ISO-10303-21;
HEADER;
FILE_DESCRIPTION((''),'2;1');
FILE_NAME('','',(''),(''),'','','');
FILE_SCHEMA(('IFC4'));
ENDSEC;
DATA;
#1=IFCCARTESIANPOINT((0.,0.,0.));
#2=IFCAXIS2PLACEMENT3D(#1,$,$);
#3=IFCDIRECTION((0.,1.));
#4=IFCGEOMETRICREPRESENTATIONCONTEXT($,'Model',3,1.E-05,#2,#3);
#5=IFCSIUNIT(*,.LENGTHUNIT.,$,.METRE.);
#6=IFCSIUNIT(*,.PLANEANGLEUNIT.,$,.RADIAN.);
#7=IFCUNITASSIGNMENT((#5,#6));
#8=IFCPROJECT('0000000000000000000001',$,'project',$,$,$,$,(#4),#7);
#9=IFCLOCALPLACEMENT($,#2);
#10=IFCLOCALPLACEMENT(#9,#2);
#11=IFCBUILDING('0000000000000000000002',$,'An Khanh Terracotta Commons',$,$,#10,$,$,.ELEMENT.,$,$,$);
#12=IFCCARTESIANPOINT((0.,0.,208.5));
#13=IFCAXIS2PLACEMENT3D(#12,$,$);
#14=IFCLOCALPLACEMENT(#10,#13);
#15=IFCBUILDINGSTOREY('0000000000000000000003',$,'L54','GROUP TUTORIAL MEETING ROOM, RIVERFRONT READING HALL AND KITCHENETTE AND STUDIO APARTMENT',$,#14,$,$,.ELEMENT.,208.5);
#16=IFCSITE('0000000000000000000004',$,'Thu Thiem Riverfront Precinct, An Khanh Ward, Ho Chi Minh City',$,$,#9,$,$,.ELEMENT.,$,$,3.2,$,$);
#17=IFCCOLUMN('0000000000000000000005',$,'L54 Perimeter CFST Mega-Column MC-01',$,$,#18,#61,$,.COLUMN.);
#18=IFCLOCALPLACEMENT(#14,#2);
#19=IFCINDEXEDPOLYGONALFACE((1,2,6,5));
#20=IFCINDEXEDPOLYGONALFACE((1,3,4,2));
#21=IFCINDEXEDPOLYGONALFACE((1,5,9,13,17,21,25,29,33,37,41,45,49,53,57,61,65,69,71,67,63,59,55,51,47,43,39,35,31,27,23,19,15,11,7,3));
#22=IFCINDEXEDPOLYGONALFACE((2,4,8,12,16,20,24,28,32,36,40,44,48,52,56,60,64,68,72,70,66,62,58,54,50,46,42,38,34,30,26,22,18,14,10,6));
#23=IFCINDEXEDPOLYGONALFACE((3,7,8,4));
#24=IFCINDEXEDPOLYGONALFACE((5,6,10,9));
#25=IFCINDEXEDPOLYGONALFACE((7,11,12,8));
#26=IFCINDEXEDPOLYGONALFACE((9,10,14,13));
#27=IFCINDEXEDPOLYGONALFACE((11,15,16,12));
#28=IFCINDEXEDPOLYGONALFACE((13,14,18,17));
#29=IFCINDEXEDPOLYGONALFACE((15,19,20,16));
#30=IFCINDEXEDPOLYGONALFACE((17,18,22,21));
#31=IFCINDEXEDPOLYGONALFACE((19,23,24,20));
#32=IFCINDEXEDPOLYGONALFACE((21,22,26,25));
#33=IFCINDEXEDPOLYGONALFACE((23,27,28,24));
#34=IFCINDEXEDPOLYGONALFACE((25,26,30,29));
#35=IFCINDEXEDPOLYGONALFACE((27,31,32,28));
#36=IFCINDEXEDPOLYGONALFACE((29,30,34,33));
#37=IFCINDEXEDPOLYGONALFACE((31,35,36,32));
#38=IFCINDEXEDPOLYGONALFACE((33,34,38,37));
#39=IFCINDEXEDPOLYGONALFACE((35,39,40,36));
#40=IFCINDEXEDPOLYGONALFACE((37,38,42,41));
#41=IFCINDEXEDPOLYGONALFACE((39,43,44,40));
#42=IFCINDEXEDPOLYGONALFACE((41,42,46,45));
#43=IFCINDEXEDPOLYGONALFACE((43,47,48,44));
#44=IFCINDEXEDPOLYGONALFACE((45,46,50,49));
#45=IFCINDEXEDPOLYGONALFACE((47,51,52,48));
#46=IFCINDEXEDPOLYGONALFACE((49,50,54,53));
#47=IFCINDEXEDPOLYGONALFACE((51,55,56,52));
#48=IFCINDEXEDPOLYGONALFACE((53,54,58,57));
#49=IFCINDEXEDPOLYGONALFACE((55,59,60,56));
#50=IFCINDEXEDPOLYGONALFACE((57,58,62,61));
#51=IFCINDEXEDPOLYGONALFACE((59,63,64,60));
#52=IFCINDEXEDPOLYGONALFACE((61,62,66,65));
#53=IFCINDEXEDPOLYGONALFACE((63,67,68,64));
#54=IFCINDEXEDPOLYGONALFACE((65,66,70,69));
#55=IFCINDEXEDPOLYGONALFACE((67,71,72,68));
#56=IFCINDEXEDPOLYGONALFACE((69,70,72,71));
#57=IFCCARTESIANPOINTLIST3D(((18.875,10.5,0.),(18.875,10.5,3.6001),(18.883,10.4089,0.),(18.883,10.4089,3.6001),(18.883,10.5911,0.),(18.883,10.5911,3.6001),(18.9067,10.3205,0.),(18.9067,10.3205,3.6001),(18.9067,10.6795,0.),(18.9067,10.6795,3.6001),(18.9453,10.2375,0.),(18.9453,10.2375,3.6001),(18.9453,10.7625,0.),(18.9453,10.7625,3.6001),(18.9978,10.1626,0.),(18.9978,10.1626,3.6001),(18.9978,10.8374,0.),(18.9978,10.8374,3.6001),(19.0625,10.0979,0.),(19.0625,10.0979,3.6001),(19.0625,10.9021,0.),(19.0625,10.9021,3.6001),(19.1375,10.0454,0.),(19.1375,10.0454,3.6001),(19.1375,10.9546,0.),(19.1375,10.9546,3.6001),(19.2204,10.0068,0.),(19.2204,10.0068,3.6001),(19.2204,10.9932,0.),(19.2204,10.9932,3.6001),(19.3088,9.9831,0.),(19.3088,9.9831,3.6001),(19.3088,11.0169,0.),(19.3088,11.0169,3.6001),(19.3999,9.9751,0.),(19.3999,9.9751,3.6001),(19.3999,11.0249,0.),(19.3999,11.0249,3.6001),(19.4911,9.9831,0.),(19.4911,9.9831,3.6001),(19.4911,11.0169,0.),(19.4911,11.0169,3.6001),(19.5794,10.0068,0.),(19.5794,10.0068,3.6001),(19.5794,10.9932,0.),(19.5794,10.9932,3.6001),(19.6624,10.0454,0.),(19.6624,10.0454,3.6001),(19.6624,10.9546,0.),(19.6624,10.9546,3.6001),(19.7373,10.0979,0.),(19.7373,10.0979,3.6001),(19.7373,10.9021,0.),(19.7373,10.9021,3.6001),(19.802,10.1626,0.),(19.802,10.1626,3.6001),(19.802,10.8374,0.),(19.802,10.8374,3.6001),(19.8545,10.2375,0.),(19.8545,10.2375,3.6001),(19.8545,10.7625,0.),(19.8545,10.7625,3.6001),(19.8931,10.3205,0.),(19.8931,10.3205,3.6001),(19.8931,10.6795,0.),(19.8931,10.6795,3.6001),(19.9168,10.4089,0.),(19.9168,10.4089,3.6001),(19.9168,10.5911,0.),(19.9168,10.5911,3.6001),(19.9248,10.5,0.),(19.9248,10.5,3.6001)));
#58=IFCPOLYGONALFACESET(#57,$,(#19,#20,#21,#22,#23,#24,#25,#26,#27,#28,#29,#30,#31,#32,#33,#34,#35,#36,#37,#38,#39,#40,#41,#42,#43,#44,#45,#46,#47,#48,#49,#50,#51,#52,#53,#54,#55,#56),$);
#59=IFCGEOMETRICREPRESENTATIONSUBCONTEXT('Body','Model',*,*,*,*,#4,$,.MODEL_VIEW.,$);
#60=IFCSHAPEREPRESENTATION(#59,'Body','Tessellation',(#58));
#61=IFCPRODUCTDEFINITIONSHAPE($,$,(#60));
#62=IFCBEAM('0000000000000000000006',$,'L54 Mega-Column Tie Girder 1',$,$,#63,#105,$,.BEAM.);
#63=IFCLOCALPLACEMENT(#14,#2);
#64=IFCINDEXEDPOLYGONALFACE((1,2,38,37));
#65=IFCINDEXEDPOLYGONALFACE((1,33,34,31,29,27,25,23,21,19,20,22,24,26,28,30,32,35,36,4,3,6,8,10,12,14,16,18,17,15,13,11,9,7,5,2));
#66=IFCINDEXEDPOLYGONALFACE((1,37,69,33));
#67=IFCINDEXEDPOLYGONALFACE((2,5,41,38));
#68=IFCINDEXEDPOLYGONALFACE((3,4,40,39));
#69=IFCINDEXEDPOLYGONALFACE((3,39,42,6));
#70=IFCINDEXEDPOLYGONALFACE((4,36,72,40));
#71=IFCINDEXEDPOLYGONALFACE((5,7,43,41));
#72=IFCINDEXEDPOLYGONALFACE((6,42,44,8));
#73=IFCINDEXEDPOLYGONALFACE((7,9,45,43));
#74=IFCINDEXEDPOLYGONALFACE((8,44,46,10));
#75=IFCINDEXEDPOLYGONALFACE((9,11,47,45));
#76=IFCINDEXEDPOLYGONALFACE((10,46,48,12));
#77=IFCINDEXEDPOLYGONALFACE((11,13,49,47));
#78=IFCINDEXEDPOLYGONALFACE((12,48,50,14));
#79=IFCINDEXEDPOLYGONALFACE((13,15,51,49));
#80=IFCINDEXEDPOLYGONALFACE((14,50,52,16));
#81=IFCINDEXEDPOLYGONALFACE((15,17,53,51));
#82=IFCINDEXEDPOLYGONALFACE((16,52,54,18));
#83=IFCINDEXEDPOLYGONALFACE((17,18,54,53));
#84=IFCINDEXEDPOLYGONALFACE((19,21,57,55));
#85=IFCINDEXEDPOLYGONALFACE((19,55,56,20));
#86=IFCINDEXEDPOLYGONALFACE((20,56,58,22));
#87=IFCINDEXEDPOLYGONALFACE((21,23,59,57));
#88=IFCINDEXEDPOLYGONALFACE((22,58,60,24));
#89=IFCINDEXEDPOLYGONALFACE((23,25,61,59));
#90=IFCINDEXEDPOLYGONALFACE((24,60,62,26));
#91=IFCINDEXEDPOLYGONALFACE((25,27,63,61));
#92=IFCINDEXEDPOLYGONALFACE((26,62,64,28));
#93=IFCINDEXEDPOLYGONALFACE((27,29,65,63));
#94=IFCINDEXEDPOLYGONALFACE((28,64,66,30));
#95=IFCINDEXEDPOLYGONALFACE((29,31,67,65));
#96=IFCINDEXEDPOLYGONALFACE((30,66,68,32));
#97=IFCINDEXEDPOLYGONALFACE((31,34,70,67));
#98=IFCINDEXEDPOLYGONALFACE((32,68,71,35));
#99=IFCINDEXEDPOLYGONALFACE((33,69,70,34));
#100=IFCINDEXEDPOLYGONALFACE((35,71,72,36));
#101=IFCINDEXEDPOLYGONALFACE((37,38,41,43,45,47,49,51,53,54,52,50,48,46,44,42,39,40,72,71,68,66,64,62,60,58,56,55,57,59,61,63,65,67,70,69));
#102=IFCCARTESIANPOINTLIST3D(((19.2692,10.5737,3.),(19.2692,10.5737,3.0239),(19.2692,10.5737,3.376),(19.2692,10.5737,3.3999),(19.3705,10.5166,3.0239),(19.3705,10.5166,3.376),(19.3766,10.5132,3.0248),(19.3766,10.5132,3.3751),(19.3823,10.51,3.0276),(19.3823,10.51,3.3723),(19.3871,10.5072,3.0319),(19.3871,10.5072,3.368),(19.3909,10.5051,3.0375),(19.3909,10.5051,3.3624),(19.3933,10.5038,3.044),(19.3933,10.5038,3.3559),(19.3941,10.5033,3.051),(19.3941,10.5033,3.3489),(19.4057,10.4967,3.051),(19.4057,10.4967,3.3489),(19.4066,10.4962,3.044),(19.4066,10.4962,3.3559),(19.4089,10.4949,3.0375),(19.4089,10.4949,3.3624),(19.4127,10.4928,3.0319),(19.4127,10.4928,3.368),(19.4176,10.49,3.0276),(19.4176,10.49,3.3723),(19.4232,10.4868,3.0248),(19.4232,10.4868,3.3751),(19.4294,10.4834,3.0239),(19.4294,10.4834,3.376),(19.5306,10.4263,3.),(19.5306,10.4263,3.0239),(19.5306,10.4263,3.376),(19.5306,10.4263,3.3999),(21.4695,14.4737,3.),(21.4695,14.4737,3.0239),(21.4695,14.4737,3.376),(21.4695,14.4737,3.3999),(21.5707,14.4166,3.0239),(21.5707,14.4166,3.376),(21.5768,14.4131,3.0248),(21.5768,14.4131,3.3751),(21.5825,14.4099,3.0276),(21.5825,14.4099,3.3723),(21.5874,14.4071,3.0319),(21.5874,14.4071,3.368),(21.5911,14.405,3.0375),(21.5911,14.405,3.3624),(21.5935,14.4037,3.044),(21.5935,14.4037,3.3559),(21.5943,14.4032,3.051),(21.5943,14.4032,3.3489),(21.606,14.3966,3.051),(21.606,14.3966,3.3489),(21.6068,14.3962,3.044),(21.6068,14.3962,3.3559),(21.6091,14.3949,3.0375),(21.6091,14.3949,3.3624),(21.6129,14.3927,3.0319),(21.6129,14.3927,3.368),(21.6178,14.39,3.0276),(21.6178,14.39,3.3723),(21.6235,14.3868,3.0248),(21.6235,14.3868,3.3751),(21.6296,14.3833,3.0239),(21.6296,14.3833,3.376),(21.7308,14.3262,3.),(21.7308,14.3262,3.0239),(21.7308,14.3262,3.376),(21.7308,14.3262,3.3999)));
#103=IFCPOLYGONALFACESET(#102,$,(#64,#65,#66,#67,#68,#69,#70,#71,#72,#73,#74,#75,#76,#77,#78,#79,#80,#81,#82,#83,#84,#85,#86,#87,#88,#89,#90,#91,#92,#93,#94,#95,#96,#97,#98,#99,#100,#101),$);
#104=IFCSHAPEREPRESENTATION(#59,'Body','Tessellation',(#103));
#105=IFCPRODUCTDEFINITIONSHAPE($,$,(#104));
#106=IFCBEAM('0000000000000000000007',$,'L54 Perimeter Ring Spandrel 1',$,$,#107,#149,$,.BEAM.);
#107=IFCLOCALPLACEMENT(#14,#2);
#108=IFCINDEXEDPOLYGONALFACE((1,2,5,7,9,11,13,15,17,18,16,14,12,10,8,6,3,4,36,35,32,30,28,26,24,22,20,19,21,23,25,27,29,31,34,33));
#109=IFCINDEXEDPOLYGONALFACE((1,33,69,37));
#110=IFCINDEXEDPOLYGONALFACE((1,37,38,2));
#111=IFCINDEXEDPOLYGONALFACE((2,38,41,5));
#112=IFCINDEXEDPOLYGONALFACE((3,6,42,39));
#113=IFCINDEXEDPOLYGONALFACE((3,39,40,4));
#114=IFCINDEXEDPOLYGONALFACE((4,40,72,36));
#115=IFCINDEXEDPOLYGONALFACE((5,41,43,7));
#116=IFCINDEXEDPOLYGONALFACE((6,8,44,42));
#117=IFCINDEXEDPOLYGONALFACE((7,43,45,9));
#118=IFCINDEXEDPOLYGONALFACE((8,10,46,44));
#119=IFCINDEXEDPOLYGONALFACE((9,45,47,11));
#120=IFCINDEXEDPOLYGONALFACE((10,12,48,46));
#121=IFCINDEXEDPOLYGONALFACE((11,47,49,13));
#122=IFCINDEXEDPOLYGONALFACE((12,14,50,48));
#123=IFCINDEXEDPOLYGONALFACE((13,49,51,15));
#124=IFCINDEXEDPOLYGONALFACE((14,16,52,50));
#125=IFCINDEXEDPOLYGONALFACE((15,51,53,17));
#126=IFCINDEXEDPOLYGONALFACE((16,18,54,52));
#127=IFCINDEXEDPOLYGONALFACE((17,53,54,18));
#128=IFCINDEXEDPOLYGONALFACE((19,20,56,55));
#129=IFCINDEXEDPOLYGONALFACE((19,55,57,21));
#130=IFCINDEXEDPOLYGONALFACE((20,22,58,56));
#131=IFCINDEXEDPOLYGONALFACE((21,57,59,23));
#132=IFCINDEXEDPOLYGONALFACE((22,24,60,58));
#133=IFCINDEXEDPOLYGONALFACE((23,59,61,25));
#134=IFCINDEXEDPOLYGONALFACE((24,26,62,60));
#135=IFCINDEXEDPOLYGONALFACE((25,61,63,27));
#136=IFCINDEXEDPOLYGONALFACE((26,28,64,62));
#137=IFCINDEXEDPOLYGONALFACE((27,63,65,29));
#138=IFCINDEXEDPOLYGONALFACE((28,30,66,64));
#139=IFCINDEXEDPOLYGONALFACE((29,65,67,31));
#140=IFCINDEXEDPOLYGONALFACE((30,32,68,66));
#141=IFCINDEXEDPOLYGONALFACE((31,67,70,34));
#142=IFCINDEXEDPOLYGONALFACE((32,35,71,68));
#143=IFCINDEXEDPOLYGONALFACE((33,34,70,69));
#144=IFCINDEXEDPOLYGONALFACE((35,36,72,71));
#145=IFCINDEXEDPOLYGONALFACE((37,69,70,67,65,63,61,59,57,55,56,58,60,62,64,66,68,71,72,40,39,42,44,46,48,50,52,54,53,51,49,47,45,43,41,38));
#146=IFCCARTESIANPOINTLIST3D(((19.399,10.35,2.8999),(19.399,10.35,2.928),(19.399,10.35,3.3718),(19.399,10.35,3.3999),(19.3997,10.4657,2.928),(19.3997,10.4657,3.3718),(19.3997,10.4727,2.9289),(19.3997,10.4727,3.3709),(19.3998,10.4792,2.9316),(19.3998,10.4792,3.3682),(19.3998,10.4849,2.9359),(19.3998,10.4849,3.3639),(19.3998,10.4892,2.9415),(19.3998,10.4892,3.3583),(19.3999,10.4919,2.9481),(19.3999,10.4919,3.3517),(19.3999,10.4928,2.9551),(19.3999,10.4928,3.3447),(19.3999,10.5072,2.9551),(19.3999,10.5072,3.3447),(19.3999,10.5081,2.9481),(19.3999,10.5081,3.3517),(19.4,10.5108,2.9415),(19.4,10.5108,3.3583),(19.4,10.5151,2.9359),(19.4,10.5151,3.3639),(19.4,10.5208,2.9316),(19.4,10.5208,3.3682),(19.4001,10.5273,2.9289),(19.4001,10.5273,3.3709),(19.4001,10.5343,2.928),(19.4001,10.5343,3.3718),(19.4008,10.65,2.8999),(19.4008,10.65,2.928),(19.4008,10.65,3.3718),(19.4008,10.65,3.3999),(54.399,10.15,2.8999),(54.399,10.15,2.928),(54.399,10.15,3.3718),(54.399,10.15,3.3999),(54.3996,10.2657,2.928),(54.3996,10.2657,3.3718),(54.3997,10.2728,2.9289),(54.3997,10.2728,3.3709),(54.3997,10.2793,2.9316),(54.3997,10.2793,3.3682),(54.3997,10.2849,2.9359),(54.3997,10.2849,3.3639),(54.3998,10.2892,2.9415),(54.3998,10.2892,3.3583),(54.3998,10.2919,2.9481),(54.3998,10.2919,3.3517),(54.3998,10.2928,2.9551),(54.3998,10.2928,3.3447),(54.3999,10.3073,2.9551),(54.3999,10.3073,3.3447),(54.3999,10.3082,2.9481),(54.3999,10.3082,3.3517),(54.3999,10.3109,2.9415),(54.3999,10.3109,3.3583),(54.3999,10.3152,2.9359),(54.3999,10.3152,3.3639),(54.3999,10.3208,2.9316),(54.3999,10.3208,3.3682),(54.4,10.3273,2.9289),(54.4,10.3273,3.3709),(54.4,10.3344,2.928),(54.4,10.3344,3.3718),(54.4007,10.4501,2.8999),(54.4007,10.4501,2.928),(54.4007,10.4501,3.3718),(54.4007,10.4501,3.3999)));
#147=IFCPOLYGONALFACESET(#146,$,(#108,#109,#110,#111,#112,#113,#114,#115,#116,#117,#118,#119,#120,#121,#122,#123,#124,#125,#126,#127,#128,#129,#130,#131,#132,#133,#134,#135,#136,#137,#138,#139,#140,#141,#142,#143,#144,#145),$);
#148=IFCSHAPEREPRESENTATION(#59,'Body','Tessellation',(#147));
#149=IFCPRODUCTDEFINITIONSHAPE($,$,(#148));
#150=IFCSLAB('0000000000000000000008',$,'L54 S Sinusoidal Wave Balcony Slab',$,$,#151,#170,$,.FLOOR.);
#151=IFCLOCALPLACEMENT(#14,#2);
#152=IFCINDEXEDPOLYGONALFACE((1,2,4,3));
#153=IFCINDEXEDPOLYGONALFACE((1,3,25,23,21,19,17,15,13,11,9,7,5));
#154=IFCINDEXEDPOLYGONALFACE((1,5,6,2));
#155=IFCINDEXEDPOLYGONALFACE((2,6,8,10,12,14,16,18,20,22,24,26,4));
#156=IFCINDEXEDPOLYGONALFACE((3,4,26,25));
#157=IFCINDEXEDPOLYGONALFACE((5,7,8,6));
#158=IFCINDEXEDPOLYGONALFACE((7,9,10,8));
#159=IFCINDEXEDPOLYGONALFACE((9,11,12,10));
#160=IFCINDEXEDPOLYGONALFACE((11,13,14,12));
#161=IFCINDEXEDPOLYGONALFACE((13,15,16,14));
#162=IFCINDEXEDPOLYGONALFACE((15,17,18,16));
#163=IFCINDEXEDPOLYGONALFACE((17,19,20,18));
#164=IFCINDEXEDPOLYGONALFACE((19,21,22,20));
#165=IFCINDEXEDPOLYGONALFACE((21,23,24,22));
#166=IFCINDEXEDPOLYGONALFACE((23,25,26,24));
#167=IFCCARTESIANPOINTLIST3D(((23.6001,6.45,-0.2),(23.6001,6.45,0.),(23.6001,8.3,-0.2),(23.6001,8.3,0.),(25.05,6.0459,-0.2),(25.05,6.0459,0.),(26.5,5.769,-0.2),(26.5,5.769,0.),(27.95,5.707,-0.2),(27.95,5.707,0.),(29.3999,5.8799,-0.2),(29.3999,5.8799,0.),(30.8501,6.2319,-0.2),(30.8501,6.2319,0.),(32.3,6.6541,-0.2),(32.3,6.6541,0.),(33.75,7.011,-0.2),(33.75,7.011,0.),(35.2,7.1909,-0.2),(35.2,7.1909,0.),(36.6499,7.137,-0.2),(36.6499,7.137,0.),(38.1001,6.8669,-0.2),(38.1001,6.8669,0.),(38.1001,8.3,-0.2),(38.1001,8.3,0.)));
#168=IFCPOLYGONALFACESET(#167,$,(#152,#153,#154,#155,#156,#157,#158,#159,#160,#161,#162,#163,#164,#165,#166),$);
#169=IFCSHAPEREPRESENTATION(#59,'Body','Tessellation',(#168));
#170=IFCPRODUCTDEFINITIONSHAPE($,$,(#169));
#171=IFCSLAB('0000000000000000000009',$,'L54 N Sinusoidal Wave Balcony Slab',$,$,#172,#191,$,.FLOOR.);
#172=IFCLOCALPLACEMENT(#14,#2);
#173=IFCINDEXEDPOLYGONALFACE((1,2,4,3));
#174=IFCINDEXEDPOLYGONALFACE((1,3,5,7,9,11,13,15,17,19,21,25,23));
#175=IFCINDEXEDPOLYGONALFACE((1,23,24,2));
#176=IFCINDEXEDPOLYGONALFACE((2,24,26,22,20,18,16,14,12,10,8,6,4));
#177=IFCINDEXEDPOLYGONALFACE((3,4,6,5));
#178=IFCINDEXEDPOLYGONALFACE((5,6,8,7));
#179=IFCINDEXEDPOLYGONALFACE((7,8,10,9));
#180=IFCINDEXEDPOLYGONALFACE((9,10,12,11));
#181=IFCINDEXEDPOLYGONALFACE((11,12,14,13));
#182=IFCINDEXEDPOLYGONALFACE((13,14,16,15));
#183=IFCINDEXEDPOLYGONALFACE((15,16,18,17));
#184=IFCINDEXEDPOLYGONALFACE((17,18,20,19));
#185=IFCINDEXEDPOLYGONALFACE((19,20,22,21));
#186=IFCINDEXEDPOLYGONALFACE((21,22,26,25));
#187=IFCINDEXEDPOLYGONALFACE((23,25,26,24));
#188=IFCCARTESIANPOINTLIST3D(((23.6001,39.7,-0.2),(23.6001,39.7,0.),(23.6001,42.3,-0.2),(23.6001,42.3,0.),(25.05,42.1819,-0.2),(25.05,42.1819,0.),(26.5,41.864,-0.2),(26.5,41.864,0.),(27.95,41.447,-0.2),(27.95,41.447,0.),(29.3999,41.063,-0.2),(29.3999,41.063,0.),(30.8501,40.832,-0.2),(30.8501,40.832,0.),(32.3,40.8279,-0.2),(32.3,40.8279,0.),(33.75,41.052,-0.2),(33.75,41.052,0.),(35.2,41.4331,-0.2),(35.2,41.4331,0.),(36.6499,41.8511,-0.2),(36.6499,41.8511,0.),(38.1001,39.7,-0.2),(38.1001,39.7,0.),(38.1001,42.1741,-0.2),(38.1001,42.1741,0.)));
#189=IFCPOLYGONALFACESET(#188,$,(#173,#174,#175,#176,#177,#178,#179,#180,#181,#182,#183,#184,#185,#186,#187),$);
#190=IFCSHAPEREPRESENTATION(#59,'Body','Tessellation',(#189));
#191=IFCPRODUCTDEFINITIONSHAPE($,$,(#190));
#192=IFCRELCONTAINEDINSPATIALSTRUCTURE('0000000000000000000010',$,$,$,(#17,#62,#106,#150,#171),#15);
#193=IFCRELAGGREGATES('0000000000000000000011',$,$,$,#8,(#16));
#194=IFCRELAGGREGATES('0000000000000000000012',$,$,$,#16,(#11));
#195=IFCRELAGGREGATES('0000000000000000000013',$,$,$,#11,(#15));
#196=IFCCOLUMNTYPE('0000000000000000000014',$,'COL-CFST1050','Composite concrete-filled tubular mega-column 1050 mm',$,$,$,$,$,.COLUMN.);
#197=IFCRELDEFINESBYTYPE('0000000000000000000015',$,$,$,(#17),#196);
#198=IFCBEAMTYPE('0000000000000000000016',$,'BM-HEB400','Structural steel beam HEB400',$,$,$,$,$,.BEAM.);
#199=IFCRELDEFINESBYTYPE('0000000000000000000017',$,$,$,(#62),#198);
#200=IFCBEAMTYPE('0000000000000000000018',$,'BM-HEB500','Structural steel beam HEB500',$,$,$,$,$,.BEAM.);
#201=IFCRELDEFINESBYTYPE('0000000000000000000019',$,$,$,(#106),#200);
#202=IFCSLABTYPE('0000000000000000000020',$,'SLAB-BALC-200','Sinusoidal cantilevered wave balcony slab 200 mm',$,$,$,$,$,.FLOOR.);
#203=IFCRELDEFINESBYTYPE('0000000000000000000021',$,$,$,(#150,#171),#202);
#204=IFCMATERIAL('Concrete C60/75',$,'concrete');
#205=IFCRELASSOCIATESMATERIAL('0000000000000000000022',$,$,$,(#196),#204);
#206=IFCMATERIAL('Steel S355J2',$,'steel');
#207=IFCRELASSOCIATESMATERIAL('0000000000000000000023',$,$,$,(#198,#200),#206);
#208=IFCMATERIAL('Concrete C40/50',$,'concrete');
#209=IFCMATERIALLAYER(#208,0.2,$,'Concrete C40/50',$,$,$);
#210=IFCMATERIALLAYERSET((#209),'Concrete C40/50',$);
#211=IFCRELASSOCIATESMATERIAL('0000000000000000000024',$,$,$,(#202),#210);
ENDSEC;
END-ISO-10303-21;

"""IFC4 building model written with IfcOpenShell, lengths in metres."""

from ifc_helpers import new_model, si_unit, direction, frame, origin, origin_2d, place, context, subcontext, project, spatial, polyline, circle, i_section, outline, extrude, material, layer, layer_set, material_profile, profile_set, type_object, element, save


model = new_model("IFC4")

# Units and contexts
model_context = context("Model", 3, precision=1e-05, world=origin(), true_north=direction((0.0, 1.0)))
body_context = subcontext(model_context, "Body", "Model", "MODEL_VIEW")
ifc_project = project(units=[si_unit("LENGTHUNIT", "METRE"), si_unit("PLANEANGLEUNIT", "RADIAN")], contexts=[model_context])

# Site, building, storey
site_placement = place(None, origin())
site = spatial("IfcSite", under=ifc_project, at=site_placement, Name="Thu Thiem Riverfront Precinct, An Khanh Ward, Ho Chi Minh City", CompositionType="ELEMENT", RefElevation=3.2)
building_placement = place(site_placement, origin())
building = spatial("IfcBuilding", under=site, at=building_placement, Name="An Khanh Terracotta Commons", CompositionType="ELEMENT")
storey_placement = place(building_placement, frame((0.0, 0.0, 208.5)))
storey = spatial("IfcBuildingStorey", under=building, at=storey_placement, Name="L54", Description="GROUP TUTORIAL MEETING ROOM, RIVERFRONT READING HALL AND KITCHENETTE AND STUDIO APARTMENT", CompositionType="ELEMENT", Elevation=208.5)

# Column
ifc_material_1 = material(Name="Concrete C60/75", Category="concrete")
ifc_material_profile_1 = material_profile(ifc_material_1, circle(Radius=0.5249, at=origin_2d()), Name="CFST1050")
ifc_profile_set_1 = profile_set([ifc_material_profile_1], Name="Concrete C60/75")
column_type = type_object("IfcColumnType", Name="COL-CFST1050", Description="Composite concrete-filled tubular mega-column 1050 mm", PredefinedType="COLUMN", material=ifc_profile_set_1)
column_placement = place(storey_placement, frame((19.3999, 10.5, 0.0), z_axis=(0.0, 0.0, 1.0), x_axis=(1.0, 0.0, 0.0)))
element("IfcColumn", 1, at=column_placement, inside=storey, type_object=column_type, Name="L54 Perimeter CFST Mega-Column MC-01", PredefinedType="COLUMN", context=body_context, shape_type="SweptSolid", body=[
    extrude(circle(Radius=0.5249, at=origin_2d()), origin(), (0.0, 0.0, 1.0), 3.6001),
])

# Beams
ifc_material_2 = material(Name="Steel S355J2", Category="steel")
ifc_material_profile_2 = material_profile(ifc_material_2, i_section(OverallWidth=0.3, OverallDepth=0.3999, WebThickness=0.0134, FlangeThickness=0.0239, FilletRadius=0.0271, at=origin_2d()), Name="HEB400")
ifc_profile_set_2 = profile_set([ifc_material_profile_2], Name="Steel S355J2")
beam_type_1 = type_object("IfcBeamType", Name="BM-HEB400", Description="Structural steel beam HEB400", PredefinedType="BEAM", material=ifc_profile_set_2)
beam_1_placement = place(storey_placement, frame((19.3999, 10.5, 3.2), z_axis=(0.491364, 0.870955, 0.0), x_axis=(-0.870955, 0.491364, 0.0)))
element("IfcBeam", 2, at=beam_1_placement, inside=storey, type_object=beam_type_1, Name="L54 Mega-Column Tie Girder 1", PredefinedType="BEAM", context=body_context, shape_type="SweptSolid", body=[
    extrude(i_section(OverallWidth=0.3, OverallDepth=0.3999, WebThickness=0.0134, FlangeThickness=0.0239, FilletRadius=0.0271, at=origin_2d()), origin(), (0.0, 0.0, 1.0), 4.4778),
])
ifc_material_profile_3 = material_profile(ifc_material_2, i_section(OverallWidth=0.3, OverallDepth=0.5, WebThickness=0.0144, FlangeThickness=0.0281, FilletRadius=0.0271, at=origin_2d()), Name="HEB500")
ifc_profile_set_3 = profile_set([ifc_material_profile_3], Name="Steel S355J2")
beam_type_2 = type_object("IfcBeamType", Name="BM-HEB500", Description="Structural steel beam HEB500", PredefinedType="BEAM", material=ifc_profile_set_3)
beam_2_placement = place(storey_placement, frame((19.3999, 10.5, 3.1499), z_axis=(0.999984, -0.005713, 0.0), x_axis=(0.005713, 0.999984, 0.0)))
element("IfcBeam", 3, at=beam_2_placement, inside=storey, type_object=beam_type_2, Name="L54 Perimeter Ring Spandrel 1", PredefinedType="BEAM", context=body_context, shape_type="SweptSolid", body=[
    extrude(i_section(OverallWidth=0.3, OverallDepth=0.5, WebThickness=0.0144, FlangeThickness=0.0281, FilletRadius=0.0271, at=origin_2d()), origin(), (0.0, 0.0, 1.0), 35.0005),
])

# Slabs
ifc_material_3 = material(Name="Concrete C40/50", Category="concrete")
ifc_layer_1 = layer(ifc_material_3, 0.2, Name="Concrete C40/50")
ifc_layer_set_1 = layer_set([ifc_layer_1], Name="Concrete C40/50")
slab_type_1 = type_object("IfcSlabType", Name="SLAB-BALC-200", Description="Sinusoidal cantilevered wave balcony slab 200 mm", PredefinedType="FLOOR", material=ifc_layer_set_1)
slab_1_placement = place(storey_placement, frame((0.0, 0.0, -0.2)))
element("IfcSlab", 4, at=slab_1_placement, inside=storey, type_object=slab_type_1, Name="L54 S Sinusoidal Wave Balcony Slab", PredefinedType="FLOOR", context=body_context, shape_type="SweptSolid", body=[
    extrude(outline(polyline([(23.6001, 8.3), (23.6001, 6.45), (25.05, 6.0459), (26.5, 5.769), (27.95, 5.707), (29.3999, 5.8799), (30.8501, 6.2319), (32.3, 6.6541), (33.75, 7.011), (35.2, 7.1909), (36.6499, 7.137), (38.1001, 6.8669), (38.1001, 8.3), (23.6001, 8.3)])), origin(), (0.0, 0.0, 1.0), 0.2),
])
slab_2_placement = place(storey_placement, frame((0.0, 0.0, -0.2)))
element("IfcSlab", 5, at=slab_2_placement, inside=storey, type_object=slab_type_1, Name="L54 N Sinusoidal Wave Balcony Slab", PredefinedType="FLOOR", context=body_context, shape_type="SweptSolid", body=[
    extrude(outline(polyline([(38.1001, 39.7), (38.1001, 42.1741), (36.6499, 41.8511), (35.2, 41.4331), (33.75, 41.052), (32.3, 40.8279), (30.8501, 40.832), (29.3999, 41.063), (27.95, 41.447), (26.5, 41.864), (25.05, 42.1819), (23.6001, 42.3), (23.6001, 39.7), (38.1001, 39.7)])), origin(), (0.0, 0.0, 1.0), 0.2),
])

save(model, "model.ifc")
